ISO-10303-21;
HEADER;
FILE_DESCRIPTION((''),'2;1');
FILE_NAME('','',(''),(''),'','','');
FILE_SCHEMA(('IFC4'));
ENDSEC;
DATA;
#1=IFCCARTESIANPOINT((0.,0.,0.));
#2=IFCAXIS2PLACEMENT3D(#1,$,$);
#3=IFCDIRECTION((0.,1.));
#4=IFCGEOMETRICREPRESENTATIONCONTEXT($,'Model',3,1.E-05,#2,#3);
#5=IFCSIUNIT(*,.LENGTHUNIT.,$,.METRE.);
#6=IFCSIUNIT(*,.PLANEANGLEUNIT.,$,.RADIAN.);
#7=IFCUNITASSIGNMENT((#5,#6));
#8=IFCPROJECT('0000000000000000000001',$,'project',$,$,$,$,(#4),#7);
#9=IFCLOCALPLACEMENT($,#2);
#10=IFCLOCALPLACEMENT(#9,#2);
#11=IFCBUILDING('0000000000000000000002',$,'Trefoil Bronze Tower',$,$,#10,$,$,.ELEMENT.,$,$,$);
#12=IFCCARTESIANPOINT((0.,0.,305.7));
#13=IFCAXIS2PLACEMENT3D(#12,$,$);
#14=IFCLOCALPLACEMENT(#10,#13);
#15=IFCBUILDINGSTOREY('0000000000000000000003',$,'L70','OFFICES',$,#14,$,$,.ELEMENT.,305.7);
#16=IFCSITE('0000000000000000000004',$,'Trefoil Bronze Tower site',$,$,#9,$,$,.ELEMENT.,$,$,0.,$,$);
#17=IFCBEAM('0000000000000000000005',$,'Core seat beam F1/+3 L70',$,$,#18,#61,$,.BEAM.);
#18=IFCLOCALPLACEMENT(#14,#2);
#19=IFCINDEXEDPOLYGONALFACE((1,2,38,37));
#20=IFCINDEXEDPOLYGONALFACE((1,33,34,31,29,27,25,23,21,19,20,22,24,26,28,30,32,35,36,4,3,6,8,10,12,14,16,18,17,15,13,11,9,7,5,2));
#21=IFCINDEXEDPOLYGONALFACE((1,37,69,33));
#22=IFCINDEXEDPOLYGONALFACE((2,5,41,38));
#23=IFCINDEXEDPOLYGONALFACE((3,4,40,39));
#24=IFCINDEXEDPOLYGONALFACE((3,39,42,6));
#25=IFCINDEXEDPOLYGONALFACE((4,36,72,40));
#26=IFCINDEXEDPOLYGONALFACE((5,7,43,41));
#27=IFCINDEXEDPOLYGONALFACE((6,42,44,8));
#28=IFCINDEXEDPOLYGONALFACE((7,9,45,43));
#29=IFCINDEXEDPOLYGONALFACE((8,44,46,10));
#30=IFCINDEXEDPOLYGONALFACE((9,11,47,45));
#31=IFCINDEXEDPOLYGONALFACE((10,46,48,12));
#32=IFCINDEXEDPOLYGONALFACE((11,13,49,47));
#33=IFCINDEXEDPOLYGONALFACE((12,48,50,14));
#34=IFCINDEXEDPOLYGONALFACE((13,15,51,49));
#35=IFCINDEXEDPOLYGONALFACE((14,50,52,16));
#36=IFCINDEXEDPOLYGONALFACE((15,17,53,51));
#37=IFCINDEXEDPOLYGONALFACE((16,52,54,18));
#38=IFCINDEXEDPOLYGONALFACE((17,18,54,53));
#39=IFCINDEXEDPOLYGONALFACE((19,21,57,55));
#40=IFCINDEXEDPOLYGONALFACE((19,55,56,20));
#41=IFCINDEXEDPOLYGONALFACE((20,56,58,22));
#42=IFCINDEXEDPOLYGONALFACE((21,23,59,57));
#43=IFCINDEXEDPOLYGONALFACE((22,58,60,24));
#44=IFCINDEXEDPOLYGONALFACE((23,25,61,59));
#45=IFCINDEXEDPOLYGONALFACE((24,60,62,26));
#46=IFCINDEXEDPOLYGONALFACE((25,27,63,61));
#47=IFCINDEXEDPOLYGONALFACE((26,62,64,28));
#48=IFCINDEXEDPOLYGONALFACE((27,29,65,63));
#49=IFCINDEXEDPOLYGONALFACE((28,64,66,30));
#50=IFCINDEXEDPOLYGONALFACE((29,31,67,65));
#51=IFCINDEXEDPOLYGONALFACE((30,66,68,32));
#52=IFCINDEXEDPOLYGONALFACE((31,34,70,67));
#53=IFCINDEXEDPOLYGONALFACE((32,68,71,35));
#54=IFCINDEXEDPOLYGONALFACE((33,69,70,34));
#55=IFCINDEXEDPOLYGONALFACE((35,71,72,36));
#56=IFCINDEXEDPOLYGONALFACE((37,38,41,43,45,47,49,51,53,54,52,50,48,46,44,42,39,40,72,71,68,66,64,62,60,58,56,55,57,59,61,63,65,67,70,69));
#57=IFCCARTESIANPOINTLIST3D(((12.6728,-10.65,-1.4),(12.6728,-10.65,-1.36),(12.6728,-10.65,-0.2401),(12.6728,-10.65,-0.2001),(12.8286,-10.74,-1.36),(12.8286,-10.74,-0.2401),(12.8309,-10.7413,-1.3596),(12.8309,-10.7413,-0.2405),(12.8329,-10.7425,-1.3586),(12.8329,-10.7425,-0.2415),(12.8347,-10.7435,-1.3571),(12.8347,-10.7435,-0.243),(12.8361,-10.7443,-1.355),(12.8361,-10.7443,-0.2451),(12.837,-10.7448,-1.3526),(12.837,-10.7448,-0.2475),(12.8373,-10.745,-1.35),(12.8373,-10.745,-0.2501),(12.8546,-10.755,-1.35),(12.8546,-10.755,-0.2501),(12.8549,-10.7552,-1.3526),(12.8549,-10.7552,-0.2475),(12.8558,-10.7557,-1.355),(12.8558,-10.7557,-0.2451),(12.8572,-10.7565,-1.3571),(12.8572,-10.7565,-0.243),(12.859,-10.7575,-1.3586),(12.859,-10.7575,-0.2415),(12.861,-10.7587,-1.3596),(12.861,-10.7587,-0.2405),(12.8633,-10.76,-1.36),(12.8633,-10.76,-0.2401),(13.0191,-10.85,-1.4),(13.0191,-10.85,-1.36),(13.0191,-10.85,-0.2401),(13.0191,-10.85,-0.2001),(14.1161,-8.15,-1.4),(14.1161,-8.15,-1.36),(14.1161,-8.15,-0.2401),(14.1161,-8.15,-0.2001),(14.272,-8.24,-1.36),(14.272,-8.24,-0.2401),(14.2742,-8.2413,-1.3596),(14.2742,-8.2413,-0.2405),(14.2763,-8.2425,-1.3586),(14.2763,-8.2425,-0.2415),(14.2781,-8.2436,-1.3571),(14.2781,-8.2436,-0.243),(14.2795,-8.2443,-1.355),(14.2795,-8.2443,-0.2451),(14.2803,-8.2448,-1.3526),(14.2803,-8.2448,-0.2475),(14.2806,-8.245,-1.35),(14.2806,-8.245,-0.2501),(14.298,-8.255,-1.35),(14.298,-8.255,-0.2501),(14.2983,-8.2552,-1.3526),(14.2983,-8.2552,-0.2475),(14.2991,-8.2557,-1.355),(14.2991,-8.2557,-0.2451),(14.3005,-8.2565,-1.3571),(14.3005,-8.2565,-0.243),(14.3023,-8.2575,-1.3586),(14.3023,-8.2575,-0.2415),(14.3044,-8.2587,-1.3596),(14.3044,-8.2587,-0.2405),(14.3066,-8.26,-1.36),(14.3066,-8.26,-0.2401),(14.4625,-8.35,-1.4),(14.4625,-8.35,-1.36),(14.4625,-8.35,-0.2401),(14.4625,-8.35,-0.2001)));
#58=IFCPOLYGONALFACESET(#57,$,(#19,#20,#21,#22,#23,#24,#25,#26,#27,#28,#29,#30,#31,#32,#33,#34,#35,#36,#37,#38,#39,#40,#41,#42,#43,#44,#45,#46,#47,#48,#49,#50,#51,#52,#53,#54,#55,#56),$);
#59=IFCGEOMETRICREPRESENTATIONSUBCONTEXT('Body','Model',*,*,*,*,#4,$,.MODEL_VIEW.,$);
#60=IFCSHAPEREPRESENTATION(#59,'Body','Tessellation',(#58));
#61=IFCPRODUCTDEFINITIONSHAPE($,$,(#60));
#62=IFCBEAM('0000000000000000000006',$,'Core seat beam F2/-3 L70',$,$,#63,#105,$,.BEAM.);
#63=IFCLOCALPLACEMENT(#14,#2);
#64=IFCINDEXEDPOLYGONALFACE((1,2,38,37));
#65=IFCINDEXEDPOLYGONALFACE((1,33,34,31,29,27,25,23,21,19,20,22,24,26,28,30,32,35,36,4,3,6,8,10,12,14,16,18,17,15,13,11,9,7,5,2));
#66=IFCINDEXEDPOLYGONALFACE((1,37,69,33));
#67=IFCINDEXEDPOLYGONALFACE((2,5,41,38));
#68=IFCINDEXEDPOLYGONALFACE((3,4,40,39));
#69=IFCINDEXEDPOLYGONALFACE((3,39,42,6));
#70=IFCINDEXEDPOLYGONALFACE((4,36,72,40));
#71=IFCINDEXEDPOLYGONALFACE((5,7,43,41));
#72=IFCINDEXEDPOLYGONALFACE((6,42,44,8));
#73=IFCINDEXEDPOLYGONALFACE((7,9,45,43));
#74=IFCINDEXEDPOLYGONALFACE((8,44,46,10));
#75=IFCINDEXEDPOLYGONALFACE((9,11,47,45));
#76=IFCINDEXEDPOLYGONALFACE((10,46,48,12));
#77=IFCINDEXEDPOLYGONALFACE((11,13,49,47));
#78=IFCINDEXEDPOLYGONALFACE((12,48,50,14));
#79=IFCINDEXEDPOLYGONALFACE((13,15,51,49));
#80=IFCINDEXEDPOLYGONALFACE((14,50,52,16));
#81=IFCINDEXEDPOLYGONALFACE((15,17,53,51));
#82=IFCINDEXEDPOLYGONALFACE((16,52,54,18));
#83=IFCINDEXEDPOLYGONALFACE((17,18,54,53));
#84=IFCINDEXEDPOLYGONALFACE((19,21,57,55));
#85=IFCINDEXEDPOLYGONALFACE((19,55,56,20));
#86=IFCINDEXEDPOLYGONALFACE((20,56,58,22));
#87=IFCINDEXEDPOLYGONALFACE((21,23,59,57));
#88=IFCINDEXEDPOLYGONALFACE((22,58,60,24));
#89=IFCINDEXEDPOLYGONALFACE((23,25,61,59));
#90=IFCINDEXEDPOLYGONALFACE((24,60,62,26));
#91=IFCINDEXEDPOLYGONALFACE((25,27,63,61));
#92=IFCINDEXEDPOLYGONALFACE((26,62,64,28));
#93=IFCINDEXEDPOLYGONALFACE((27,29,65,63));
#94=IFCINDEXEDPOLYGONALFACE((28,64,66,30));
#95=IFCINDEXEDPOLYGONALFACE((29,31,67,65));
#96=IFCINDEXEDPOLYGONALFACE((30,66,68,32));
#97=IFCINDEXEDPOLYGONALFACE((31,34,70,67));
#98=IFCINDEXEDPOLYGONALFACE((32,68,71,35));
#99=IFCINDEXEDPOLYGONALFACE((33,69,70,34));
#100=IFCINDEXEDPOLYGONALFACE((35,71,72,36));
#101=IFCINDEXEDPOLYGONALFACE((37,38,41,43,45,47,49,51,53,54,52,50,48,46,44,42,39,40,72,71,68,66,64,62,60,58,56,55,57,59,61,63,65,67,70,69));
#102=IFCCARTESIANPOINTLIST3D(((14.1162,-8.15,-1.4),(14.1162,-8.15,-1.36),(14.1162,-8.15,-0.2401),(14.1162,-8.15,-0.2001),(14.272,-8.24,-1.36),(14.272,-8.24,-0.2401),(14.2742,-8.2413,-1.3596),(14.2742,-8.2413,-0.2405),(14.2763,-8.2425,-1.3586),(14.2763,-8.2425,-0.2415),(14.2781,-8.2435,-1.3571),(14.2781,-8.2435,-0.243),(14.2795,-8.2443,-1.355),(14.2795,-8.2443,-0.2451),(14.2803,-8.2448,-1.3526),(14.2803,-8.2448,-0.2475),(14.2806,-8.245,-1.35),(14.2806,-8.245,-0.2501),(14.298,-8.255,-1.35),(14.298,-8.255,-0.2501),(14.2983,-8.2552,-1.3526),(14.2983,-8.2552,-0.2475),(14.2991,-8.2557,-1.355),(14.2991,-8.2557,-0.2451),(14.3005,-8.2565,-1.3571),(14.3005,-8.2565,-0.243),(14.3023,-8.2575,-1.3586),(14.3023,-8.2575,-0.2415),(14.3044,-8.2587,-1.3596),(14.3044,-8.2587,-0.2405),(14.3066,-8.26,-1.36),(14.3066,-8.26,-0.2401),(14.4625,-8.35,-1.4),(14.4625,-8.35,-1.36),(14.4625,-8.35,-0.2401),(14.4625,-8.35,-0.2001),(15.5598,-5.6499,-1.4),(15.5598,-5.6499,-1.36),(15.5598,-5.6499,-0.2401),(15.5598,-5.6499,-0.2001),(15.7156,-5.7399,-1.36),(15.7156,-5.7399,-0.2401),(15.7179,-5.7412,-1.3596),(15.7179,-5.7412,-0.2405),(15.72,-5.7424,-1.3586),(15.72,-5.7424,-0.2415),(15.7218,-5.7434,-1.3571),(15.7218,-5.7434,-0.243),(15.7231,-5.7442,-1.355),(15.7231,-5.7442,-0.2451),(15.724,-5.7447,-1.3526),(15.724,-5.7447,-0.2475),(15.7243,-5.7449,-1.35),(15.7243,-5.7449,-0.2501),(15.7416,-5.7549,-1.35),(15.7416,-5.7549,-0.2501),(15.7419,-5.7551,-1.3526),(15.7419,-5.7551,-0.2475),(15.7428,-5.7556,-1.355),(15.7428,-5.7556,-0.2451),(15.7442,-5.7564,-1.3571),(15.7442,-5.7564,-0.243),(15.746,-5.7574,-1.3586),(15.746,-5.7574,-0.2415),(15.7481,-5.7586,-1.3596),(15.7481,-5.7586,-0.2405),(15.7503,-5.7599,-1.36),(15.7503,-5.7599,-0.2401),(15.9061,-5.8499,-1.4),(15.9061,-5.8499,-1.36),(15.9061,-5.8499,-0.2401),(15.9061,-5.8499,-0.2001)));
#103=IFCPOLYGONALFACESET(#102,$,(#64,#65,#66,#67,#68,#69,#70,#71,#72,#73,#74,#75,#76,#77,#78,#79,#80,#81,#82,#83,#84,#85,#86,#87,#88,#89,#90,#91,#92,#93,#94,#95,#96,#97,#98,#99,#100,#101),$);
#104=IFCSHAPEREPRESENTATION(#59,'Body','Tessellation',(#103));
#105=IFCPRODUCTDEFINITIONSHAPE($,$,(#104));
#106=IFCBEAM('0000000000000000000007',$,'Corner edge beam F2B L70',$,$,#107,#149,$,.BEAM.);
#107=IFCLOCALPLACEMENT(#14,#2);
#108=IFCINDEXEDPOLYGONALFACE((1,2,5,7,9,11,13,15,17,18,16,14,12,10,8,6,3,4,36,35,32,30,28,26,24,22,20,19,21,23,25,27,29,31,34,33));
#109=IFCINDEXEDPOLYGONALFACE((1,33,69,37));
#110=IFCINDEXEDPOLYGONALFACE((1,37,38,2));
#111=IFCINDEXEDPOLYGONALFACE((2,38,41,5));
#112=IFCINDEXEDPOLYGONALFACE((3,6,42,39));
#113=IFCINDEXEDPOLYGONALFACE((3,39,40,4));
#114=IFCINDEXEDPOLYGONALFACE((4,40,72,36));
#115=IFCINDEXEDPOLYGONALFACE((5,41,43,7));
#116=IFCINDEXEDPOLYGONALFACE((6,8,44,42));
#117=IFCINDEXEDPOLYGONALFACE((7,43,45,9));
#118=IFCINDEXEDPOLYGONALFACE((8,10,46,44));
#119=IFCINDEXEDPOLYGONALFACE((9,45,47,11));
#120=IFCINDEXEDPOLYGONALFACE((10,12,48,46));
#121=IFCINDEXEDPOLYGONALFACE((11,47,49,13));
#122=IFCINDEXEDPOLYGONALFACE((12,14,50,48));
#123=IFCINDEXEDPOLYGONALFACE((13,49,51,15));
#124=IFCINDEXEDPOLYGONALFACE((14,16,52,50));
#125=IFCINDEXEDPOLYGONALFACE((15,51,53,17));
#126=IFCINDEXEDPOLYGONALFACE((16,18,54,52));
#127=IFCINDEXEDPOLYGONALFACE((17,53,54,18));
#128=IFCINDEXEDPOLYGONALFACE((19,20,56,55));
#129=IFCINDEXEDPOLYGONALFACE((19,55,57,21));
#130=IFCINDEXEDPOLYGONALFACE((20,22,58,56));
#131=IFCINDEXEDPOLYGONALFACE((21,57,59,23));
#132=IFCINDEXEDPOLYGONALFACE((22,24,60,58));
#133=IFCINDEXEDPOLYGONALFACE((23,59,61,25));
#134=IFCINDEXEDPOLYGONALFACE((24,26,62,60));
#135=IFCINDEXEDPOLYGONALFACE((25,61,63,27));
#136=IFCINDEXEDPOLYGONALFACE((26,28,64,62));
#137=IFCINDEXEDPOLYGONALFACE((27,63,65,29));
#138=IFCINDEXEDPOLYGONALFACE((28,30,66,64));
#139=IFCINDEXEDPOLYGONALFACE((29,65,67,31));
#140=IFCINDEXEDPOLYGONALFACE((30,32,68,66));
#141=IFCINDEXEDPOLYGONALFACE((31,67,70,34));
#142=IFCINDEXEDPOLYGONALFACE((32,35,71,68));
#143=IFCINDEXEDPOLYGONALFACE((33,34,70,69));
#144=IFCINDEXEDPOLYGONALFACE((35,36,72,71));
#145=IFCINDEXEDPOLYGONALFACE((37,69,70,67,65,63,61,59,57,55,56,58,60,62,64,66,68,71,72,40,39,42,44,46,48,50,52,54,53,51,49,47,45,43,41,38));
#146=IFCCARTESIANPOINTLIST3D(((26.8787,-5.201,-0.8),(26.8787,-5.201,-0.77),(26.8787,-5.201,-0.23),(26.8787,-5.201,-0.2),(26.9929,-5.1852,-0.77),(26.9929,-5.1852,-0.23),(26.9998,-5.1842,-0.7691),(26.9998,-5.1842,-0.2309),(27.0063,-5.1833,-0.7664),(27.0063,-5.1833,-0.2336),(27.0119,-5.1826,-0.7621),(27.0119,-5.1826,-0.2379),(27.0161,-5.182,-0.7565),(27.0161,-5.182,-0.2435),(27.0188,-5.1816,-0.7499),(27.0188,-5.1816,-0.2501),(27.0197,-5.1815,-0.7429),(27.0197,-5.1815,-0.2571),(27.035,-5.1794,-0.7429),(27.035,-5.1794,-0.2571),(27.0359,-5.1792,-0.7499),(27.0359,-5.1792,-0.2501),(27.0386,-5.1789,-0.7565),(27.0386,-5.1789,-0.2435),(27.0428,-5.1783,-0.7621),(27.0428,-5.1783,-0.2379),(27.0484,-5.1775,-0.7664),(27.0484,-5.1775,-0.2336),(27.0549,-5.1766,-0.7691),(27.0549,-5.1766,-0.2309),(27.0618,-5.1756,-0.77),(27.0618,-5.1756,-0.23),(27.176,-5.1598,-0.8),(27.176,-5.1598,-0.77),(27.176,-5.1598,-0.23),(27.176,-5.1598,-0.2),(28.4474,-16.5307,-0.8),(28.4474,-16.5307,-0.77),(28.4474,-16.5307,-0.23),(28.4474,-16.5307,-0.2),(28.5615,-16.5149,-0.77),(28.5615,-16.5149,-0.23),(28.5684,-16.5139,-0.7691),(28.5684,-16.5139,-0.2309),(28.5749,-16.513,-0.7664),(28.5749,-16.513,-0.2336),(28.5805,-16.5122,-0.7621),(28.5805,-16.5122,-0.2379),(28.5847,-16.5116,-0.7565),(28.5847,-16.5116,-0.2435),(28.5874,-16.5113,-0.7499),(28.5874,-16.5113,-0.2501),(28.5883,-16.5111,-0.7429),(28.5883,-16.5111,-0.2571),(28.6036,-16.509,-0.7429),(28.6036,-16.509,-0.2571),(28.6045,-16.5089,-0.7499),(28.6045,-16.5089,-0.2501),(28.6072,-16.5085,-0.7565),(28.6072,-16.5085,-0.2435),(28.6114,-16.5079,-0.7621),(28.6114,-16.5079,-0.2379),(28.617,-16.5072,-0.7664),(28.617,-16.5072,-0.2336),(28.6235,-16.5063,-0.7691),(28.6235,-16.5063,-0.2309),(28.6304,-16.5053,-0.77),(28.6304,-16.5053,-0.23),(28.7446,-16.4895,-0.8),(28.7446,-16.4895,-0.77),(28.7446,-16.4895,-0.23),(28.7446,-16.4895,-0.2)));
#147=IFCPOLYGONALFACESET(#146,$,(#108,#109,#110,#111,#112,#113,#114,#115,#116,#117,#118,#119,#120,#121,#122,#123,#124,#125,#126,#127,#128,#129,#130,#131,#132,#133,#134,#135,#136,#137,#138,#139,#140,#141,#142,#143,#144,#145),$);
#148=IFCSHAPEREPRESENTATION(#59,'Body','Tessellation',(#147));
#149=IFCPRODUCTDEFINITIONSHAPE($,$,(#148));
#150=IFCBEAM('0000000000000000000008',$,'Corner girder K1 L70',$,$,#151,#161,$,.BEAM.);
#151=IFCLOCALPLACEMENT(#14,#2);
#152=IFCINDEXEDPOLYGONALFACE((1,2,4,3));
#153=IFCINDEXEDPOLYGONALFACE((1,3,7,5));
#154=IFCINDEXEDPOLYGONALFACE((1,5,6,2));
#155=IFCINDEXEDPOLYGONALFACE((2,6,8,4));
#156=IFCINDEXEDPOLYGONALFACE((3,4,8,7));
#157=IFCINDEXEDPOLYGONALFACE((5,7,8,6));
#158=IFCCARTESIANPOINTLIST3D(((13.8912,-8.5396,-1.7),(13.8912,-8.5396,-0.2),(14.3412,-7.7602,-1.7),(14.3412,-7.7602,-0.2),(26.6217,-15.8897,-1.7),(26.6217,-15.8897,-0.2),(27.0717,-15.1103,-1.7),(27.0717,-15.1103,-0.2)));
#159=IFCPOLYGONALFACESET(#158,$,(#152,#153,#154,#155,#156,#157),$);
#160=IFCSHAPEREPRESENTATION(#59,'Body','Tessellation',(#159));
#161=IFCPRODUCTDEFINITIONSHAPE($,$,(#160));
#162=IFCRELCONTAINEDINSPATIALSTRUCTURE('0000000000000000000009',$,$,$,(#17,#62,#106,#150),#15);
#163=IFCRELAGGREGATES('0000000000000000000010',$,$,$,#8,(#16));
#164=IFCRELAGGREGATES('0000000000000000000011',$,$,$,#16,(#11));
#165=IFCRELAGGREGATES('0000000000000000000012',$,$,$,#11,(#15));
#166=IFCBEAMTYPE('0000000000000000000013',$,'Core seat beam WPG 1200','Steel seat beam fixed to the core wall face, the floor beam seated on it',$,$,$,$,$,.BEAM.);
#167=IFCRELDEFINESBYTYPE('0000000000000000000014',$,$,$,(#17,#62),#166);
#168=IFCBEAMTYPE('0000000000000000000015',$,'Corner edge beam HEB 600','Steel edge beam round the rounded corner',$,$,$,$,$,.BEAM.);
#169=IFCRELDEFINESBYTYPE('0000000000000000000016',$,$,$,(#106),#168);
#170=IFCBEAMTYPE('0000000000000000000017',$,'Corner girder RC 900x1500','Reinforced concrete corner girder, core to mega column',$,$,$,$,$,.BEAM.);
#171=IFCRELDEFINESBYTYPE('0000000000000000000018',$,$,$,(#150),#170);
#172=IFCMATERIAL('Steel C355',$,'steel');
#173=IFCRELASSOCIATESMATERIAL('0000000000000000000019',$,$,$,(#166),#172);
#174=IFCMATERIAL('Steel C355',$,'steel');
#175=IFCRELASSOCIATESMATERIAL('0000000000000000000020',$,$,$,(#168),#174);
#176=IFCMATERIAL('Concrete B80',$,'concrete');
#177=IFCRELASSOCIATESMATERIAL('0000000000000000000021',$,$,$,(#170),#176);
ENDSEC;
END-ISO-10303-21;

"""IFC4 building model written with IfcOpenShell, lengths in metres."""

from ifc_helpers import new_model, si_unit, direction, frame, origin, origin_2d, place, context, subcontext, project, spatial, rectangle, i_section, extrude, material, material_profile, profile_set, type_object, element, save


model = new_model("IFC4")

# Units and contexts
model_context = context("Model", 3, precision=1e-05, world=origin(), true_north=direction((0.0, 1.0)))
body_context = subcontext(model_context, "Body", "Model", "MODEL_VIEW")
ifc_project = project(units=[si_unit("LENGTHUNIT", "METRE"), si_unit("PLANEANGLEUNIT", "RADIAN")], contexts=[model_context])

# Site, building, storey
site_placement = place(None, origin())
site = spatial("IfcSite", under=ifc_project, at=site_placement, Name="Trefoil Bronze Tower site", CompositionType="ELEMENT", RefElevation=0.0)
building_placement = place(site_placement, origin())
building = spatial("IfcBuilding", under=site, at=building_placement, Name="Trefoil Bronze Tower", CompositionType="ELEMENT")
storey_placement = place(building_placement, frame((0.0, 0.0, 305.7)))
storey = spatial("IfcBuildingStorey", under=building, at=storey_placement, Name="L70", Description="OFFICES", CompositionType="ELEMENT", Elevation=305.7)

# Beams
ifc_material_1 = material(Name="Steel C355", Category="steel")
ifc_material_profile_1 = material_profile(ifc_material_1, i_section(OverallWidth=0.3999, OverallDepth=1.2, WebThickness=0.02, FlangeThickness=0.04, FilletRadius=0.01, at=origin_2d()), Name="WPG 1200")
ifc_profile_set_1 = profile_set([ifc_material_profile_1], Name="Steel C355")
beam_type_1 = type_object("IfcBeamType", Name="Core seat beam WPG 1200", Description="Steel seat beam fixed to the core wall face, the floor beam seated on it", PredefinedType="BEAM", material=ifc_profile_set_1)
beam_1_placement = place(storey_placement, frame((12.8459, -10.75, -0.8), z_axis=(0.499996, 0.866028, 0.0), x_axis=(-0.866028, 0.499996, 0.0)))
element("IfcBeam", 1, at=beam_1_placement, inside=storey, type_object=beam_type_1, Name="Core seat beam F1/+3 L70", PredefinedType="BEAM", context=body_context, shape_type="SweptSolid", body=[
    extrude(i_section(OverallWidth=0.3999, OverallDepth=1.2, WebThickness=0.02, FlangeThickness=0.04, FilletRadius=0.01, at=origin_2d()), origin(), (0.0, 0.0, 1.0), 2.8867),
])
beam_2_placement = place(storey_placement, frame((14.2893, -8.25, -0.8), z_axis=(0.500059, 0.865991, 0.0), x_axis=(-0.865991, 0.500059, 0.0)))
element("IfcBeam", 2, at=beam_2_placement, inside=storey, type_object=beam_type_1, Name="Core seat beam F2/-3 L70", PredefinedType="BEAM", context=body_context, shape_type="SweptSolid", body=[
    extrude(i_section(OverallWidth=0.3999, OverallDepth=1.2, WebThickness=0.02, FlangeThickness=0.04, FilletRadius=0.01, at=origin_2d()), origin(), (0.0, 0.0, 1.0), 2.887),
])
ifc_material_2 = material(Name="Steel C355", Category="steel")
ifc_material_profile_2 = material_profile(ifc_material_2, i_section(OverallWidth=0.3, OverallDepth=0.6001, WebThickness=0.0154, FlangeThickness=0.03, FilletRadius=0.0271, at=origin_2d()), Name="HEB 600")
ifc_profile_set_2 = profile_set([ifc_material_profile_2], Name="Steel C355")
beam_type_2 = type_object("IfcBeamType", Name="Corner edge beam HEB 600", Description="Steel edge beam round the rounded corner", PredefinedType="BEAM", material=ifc_profile_set_2)
beam_3_placement = place(storey_placement, frame((27.0273, -5.1804, -0.5), z_axis=(0.137144, -0.990551, 0.0), x_axis=(0.990551, 0.137144, 0.0)))
element("IfcBeam", 3, at=beam_3_placement, inside=storey, type_object=beam_type_2, Name="Corner edge beam F2B L70", PredefinedType="BEAM", context=body_context, shape_type="SweptSolid", body=[
    extrude(i_section(OverallWidth=0.3, OverallDepth=0.6001, WebThickness=0.0154, FlangeThickness=0.03, FilletRadius=0.0271, at=origin_2d()), origin(), (0.0, 0.0, 1.0), 11.4377),
])
ifc_material_3 = material(Name="Concrete B80", Category="concrete")
ifc_material_profile_3 = material_profile(ifc_material_3, rectangle(XDim=0.8999, YDim=1.5, at=origin_2d()), Name="RC 900x1500")
ifc_profile_set_3 = profile_set([ifc_material_profile_3], Name="Concrete B80")
beam_type_3 = type_object("IfcBeamType", Name="Corner girder RC 900x1500", Description="Reinforced concrete corner girder, core to mega column", PredefinedType="BEAM", material=ifc_profile_set_3)
beam_4_placement = place(storey_placement, frame((14.1162, -8.1499, -0.95), z_axis=(0.866021, -0.500008, 0.0), x_axis=(0.500008, 0.866021, 0.0)))
element("IfcBeam", 4, at=beam_4_placement, inside=storey, type_object=beam_type_3, Name="Corner girder K1 L70", PredefinedType="BEAM", context=body_context, shape_type="SweptSolid", body=[
    extrude(rectangle(XDim=0.8999, YDim=1.5, at=origin_2d()), origin(), (0.0, 0.0, 1.0), 14.7),
])

save(model, "model.ifc")
